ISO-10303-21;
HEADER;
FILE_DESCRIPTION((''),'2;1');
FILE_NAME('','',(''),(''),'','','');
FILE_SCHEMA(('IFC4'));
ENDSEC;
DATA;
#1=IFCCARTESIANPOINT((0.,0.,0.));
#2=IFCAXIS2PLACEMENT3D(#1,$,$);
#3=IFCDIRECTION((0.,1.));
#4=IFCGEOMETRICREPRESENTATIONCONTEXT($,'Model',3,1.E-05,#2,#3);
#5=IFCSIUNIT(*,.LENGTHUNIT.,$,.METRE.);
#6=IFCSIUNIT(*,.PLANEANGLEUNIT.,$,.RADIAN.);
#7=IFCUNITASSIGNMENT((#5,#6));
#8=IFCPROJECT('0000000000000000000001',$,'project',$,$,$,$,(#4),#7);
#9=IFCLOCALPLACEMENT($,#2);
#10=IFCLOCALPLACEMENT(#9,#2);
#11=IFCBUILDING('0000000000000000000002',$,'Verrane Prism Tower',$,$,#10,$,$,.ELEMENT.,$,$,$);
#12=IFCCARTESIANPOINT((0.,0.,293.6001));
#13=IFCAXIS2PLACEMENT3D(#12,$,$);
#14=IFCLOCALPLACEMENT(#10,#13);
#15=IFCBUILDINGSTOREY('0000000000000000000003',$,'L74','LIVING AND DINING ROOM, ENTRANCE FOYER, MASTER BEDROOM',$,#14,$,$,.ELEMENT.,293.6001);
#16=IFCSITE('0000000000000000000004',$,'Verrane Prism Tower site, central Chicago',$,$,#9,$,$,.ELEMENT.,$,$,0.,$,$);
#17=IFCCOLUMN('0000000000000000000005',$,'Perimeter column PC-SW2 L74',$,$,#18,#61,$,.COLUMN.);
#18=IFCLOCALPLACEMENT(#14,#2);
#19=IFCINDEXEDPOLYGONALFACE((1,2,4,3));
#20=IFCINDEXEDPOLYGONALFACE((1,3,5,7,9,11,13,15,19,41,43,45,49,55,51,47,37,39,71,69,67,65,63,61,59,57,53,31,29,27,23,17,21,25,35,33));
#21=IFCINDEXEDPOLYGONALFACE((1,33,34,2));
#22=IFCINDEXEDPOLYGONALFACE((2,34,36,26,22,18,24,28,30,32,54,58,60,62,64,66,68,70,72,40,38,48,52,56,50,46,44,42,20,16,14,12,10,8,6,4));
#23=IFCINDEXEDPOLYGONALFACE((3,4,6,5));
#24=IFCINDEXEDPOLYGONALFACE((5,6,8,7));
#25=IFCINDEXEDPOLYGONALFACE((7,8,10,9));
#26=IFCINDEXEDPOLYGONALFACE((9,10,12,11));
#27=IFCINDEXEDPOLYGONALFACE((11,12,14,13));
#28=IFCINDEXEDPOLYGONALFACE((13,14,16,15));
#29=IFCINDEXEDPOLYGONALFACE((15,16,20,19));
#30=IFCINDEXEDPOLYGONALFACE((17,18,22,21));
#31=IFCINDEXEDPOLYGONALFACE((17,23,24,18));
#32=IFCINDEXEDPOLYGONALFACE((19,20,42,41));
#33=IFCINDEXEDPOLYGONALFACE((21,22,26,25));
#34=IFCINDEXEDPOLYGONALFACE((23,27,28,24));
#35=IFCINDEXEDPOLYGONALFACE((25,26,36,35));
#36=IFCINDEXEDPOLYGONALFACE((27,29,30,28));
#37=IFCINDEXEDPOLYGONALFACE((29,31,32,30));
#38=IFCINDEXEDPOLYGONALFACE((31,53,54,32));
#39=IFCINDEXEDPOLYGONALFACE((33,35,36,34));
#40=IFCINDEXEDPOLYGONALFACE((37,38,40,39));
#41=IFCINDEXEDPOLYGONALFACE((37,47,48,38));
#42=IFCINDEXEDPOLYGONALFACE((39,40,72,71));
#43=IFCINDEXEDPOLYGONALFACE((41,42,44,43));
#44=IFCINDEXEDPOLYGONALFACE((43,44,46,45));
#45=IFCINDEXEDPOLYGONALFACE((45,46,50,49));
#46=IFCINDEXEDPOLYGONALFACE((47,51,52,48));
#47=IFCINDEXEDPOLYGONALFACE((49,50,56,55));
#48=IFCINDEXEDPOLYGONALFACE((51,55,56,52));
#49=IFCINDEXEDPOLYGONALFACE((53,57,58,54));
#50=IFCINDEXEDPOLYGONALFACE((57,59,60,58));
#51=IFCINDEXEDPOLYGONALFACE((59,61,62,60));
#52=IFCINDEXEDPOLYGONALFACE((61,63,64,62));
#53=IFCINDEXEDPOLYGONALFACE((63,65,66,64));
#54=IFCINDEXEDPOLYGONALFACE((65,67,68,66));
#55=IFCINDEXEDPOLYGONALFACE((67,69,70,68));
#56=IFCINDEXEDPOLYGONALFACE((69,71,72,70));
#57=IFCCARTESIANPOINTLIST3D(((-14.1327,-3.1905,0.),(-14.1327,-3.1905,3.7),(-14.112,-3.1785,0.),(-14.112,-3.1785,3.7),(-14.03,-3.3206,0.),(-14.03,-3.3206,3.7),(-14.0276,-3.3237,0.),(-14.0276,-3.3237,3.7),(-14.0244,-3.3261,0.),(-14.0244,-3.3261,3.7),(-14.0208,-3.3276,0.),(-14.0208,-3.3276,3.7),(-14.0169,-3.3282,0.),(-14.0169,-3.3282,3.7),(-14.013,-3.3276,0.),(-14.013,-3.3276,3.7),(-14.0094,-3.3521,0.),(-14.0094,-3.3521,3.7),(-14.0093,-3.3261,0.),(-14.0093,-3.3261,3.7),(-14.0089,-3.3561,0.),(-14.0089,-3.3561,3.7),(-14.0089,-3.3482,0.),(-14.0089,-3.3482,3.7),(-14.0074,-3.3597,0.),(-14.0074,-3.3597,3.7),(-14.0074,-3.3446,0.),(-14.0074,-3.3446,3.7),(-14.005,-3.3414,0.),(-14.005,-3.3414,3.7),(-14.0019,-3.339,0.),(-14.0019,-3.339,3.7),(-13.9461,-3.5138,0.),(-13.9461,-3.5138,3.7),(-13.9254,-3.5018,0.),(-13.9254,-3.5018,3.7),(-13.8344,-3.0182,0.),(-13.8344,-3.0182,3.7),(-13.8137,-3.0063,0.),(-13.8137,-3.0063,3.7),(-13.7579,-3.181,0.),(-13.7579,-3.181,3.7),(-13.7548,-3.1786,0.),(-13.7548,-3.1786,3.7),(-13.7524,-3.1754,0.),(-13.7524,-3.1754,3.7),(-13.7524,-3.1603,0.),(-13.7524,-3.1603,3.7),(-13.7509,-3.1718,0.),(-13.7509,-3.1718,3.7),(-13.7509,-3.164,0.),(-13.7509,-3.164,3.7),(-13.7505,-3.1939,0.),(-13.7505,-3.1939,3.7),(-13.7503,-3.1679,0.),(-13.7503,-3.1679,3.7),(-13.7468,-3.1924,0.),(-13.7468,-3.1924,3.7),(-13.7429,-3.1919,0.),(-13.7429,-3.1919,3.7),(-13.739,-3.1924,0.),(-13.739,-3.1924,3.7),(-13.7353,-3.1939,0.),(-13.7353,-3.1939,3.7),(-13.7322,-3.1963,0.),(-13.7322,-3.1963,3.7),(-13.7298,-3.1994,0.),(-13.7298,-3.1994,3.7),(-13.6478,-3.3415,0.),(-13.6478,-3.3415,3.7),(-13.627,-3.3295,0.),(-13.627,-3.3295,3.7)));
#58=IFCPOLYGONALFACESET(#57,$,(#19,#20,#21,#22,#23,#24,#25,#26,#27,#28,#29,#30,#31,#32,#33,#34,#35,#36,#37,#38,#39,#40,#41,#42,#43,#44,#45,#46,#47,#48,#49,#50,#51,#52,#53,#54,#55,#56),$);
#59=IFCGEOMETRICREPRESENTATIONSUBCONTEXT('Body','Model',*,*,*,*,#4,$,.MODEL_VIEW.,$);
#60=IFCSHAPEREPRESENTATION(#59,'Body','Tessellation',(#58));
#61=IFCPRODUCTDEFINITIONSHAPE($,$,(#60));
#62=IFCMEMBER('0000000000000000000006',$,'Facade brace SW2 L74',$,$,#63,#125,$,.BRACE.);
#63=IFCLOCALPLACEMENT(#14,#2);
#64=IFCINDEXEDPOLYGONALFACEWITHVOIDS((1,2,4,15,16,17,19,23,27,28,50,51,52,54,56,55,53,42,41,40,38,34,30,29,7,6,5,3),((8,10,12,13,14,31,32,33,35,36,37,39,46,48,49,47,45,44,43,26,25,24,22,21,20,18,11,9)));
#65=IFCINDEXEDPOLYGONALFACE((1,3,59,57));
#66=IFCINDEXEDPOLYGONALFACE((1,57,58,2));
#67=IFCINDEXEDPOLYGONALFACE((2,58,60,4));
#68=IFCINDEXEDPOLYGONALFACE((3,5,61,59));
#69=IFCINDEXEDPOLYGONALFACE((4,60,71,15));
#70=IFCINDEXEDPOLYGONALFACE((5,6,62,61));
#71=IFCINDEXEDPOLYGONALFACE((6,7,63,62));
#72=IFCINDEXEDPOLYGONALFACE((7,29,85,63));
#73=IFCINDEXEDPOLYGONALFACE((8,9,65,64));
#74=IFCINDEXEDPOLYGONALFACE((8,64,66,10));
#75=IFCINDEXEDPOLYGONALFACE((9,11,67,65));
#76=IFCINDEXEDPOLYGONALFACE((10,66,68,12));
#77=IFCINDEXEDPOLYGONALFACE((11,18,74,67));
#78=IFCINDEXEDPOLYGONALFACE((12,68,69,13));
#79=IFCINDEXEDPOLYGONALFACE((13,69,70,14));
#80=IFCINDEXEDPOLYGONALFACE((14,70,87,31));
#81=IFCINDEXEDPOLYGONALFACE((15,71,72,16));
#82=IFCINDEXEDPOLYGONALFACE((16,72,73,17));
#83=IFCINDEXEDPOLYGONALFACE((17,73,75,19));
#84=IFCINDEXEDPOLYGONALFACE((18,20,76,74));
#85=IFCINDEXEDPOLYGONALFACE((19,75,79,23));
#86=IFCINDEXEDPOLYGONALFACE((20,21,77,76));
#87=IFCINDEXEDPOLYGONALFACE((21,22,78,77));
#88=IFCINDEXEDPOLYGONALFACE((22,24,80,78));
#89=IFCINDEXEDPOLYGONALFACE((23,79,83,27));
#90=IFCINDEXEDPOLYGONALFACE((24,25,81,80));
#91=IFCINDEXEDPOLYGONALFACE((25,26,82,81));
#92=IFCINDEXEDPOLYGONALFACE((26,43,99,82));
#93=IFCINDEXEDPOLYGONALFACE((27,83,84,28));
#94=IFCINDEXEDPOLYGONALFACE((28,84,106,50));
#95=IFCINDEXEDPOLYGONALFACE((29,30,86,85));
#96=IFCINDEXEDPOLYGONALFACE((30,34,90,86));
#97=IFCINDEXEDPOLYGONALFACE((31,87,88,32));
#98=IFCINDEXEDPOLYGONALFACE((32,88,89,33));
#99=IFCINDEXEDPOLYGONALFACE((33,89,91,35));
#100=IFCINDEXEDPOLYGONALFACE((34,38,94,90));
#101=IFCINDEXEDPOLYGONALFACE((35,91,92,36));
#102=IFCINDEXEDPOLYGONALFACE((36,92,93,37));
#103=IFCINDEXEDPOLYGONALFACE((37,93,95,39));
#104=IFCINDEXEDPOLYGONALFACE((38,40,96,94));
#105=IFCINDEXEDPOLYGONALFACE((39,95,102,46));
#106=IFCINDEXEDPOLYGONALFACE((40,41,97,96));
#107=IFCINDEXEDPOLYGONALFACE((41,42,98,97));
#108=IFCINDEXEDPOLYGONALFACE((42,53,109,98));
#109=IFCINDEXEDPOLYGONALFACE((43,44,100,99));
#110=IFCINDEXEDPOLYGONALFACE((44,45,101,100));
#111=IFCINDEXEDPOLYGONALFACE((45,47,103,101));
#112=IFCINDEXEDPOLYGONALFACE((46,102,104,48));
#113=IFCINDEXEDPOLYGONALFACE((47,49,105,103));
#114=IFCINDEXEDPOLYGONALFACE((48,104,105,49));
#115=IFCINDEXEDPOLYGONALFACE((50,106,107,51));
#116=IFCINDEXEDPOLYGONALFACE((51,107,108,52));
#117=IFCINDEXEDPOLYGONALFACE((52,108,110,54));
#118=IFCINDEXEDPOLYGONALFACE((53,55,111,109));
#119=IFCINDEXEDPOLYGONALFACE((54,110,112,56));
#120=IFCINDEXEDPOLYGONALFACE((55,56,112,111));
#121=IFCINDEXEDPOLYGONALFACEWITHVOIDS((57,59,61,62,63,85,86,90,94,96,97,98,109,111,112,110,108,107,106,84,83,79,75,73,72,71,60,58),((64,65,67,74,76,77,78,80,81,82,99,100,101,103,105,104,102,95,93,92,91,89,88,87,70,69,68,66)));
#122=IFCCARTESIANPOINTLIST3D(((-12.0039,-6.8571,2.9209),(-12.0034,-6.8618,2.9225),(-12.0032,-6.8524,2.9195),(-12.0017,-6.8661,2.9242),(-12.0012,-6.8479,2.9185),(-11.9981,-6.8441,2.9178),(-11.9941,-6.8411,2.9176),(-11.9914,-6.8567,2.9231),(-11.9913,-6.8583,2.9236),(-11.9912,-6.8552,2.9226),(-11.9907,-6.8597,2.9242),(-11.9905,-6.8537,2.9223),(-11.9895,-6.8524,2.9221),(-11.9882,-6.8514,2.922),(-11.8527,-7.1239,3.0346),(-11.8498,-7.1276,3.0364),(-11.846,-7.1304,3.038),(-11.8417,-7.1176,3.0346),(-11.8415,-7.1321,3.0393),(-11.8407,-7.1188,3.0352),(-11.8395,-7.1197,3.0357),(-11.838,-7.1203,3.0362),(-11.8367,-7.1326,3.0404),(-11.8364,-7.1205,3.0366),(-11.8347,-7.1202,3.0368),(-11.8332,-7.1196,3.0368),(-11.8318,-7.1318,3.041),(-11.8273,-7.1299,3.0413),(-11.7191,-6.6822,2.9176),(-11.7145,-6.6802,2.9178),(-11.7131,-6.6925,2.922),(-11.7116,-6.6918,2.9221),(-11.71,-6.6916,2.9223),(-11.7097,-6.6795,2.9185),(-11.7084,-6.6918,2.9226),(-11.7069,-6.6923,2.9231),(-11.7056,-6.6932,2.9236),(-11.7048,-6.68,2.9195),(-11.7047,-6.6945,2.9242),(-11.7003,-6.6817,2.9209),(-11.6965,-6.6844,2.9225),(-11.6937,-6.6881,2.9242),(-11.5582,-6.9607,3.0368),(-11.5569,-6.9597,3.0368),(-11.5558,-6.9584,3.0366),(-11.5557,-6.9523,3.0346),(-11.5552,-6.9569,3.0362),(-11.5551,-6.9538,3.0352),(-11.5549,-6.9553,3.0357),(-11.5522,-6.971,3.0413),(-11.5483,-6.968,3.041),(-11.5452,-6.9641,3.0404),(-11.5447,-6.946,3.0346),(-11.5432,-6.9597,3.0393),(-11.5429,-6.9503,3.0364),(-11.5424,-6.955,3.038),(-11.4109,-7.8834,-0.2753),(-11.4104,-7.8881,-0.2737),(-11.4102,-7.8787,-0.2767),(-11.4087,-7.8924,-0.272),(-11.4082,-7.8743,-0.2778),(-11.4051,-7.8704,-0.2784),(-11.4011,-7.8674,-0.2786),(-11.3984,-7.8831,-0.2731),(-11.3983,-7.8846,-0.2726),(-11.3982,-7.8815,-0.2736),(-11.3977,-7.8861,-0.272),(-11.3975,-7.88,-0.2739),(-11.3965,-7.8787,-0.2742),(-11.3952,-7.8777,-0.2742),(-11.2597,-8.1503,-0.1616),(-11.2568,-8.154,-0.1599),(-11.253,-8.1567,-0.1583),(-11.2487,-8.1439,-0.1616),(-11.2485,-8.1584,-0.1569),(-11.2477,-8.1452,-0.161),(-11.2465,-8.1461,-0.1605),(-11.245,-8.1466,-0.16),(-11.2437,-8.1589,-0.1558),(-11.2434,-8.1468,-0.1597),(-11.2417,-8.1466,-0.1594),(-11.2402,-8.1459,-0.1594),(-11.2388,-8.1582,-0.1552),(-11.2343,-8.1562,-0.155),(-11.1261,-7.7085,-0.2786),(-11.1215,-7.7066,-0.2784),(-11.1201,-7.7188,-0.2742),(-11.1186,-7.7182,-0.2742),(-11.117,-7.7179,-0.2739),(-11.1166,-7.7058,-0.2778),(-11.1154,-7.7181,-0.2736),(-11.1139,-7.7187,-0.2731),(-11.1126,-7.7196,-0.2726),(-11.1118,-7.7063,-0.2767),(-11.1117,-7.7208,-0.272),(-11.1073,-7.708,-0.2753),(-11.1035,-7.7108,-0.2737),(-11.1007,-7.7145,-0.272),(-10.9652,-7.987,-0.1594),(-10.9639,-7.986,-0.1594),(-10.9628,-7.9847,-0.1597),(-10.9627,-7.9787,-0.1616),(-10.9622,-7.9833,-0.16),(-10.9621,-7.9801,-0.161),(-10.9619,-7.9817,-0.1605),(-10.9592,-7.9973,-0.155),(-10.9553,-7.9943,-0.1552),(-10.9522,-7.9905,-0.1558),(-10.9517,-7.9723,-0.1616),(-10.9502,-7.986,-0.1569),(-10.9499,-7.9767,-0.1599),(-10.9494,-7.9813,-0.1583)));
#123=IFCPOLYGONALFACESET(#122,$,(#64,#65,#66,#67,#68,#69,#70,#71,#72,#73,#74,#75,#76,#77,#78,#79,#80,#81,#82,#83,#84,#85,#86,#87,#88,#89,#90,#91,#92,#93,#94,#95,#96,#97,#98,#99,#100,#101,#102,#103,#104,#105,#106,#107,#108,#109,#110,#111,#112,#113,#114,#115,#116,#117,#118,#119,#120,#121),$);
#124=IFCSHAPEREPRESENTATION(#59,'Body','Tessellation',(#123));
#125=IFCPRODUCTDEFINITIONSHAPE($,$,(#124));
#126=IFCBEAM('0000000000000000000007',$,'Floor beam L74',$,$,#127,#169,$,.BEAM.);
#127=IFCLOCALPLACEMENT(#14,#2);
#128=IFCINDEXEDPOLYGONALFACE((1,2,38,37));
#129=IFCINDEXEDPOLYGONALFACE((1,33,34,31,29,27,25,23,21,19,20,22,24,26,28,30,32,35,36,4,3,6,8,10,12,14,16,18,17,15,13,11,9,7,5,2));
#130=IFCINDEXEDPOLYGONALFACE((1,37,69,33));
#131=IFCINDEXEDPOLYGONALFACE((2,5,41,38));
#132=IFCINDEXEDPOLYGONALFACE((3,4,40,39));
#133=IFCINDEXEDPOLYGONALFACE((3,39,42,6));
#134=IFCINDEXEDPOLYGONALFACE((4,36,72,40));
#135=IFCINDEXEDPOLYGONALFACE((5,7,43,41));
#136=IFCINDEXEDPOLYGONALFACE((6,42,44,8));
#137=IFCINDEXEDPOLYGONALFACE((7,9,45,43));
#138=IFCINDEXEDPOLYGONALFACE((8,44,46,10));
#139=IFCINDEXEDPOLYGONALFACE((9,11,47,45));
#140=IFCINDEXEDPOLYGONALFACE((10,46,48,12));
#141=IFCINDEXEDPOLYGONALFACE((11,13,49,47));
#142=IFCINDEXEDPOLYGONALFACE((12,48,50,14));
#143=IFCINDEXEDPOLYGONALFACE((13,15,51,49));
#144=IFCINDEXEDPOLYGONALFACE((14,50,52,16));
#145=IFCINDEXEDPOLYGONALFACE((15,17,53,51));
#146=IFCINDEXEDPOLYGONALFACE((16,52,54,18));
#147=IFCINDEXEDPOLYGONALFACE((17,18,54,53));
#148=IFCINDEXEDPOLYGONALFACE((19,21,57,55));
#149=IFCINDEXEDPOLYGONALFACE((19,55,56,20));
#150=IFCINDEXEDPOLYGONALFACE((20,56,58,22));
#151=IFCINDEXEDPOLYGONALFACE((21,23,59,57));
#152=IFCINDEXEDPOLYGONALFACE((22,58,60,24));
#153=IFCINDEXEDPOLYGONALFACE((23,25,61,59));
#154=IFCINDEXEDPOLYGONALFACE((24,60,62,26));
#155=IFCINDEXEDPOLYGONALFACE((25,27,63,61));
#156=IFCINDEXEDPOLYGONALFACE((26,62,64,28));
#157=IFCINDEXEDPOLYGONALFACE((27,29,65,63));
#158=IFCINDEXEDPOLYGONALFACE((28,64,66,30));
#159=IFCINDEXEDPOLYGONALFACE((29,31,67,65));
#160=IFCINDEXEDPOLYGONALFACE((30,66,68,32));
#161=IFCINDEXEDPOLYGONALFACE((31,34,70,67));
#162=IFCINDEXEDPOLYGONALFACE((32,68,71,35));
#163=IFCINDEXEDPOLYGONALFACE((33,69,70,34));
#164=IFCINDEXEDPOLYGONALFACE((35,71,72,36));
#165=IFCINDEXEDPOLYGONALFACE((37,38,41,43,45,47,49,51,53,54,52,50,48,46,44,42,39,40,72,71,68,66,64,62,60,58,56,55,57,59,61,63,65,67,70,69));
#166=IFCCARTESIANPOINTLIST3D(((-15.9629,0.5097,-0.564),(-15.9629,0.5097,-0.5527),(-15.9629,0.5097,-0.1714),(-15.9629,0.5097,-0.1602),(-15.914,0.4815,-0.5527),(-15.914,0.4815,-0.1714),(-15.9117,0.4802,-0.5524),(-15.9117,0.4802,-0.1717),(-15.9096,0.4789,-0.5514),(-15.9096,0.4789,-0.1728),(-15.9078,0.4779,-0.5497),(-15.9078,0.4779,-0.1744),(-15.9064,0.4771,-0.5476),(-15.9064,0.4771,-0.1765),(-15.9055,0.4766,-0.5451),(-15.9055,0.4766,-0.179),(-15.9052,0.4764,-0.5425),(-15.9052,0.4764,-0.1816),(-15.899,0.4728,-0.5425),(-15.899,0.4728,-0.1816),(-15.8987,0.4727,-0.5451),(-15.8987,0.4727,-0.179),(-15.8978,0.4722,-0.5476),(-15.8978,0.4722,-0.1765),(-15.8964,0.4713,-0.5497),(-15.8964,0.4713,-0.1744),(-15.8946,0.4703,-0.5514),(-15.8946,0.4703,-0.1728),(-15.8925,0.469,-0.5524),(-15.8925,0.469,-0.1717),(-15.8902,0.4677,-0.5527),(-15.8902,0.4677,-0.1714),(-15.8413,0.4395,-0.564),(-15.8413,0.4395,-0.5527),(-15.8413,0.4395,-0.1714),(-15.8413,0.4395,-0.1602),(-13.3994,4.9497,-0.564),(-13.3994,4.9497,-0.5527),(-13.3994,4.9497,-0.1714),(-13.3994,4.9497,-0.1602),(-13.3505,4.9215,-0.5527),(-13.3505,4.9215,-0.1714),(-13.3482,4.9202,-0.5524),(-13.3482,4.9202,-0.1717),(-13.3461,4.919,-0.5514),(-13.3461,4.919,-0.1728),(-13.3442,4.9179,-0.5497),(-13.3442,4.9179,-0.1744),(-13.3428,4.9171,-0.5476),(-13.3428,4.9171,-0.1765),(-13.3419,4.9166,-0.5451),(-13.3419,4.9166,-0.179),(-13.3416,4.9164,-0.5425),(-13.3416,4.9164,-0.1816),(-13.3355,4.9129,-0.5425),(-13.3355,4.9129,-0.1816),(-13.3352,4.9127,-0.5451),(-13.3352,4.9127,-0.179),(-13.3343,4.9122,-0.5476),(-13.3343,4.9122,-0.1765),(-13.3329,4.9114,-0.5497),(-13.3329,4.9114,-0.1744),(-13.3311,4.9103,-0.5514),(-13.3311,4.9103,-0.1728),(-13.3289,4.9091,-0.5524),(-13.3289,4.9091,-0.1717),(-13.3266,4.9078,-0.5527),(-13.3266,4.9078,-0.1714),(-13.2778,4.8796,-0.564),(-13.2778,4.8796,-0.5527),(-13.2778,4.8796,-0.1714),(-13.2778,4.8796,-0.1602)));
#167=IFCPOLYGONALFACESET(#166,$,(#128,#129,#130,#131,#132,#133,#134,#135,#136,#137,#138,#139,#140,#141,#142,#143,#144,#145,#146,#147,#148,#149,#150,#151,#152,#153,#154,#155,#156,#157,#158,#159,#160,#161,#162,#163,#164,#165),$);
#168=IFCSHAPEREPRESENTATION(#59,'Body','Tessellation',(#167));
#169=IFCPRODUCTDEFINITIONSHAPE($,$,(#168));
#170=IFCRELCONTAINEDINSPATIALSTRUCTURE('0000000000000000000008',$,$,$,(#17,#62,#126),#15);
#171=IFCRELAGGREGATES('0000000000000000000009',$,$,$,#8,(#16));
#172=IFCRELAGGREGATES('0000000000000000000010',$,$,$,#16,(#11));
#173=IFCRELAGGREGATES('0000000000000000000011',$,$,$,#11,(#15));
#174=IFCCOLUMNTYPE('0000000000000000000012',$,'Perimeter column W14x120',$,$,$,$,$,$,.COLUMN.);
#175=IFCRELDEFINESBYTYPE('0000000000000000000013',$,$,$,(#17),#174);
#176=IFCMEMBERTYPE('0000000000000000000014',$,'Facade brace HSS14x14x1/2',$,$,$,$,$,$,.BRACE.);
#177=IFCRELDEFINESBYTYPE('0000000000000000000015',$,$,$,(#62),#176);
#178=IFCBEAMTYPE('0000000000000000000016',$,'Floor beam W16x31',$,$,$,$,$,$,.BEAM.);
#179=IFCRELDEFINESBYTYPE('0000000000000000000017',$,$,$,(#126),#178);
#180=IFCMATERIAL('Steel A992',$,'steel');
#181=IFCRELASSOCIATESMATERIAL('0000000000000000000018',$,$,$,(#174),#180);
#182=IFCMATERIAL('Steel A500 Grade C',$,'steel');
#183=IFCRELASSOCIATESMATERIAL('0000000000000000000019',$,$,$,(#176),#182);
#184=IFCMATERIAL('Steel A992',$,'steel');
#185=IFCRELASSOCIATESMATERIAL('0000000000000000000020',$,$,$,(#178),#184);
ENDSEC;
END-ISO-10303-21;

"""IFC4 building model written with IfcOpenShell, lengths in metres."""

from ifc_helpers import new_model, si_unit, direction, frame, origin, origin_2d, place, context, subcontext, project, spatial, hollow_rectangle, i_section, extrude, material, material_profile, profile_set, type_object, element, save


model = new_model("IFC4")

# Units and contexts
model_context = context("Model", 3, precision=1e-05, world=origin(), true_north=direction((0.0, 1.0)))
body_context = subcontext(model_context, "Body", "Model", "MODEL_VIEW")
ifc_project = project(units=[si_unit("LENGTHUNIT", "METRE"), si_unit("PLANEANGLEUNIT", "RADIAN")], contexts=[model_context])

# Site, building, storey
site_placement = place(None, origin())
site = spatial("IfcSite", under=ifc_project, at=site_placement, Name="Verrane Prism Tower site, central Chicago", CompositionType="ELEMENT", RefElevation=0.0)
building_placement = place(site_placement, origin())
building = spatial("IfcBuilding", under=site, at=building_placement, Name="Verrane Prism Tower", CompositionType="ELEMENT")
storey_placement = place(building_placement, frame((0.0, 0.0, 293.6001)))
storey = spatial("IfcBuildingStorey", under=building, at=storey_placement, Name="L74", Description="LIVING AND DINING ROOM, ENTRANCE FOYER, MASTER BEDROOM", CompositionType="ELEMENT", Elevation=293.6001)

# Column
ifc_material_1 = material(Name="Steel A992", Category="steel")
ifc_material_profile_1 = material_profile(ifc_material_1, i_section(OverallWidth=0.3733, OverallDepth=0.3684, WebThickness=0.0149, FlangeThickness=0.0239, FilletRadius=0.0151, at=origin_2d()), Name="W14x120")
ifc_profile_set_1 = profile_set([ifc_material_profile_1], Name="Steel A992")
column_type = type_object("IfcColumnType", Name="Perimeter column W14x120", PredefinedType="COLUMN", material=ifc_profile_set_1)
column_placement = place(storey_placement, frame((-13.8799, -3.26, 0.0), z_axis=(0.0, 0.0, 1.0), x_axis=(-0.5, 0.866025, 0.0)))
element("IfcColumn", 1, at=column_placement, inside=storey, type_object=column_type, Name="Perimeter column PC-SW2 L74", PredefinedType="COLUMN", context=body_context, shape_type="SweptSolid", body=[
    extrude(i_section(OverallWidth=0.3733, OverallDepth=0.3684, WebThickness=0.0149, FlangeThickness=0.0239, FilletRadius=0.0151, at=origin_2d()), origin(), (0.0, 0.0, 1.0), 3.7),
])

# Member
ifc_material_2 = material(Name="Steel A500 Grade C", Category="steel")
ifc_material_profile_2 = material_profile(ifc_material_2, hollow_rectangle(XDim=0.3557, YDim=0.3557, WallThickness=0.0127, InnerFilletRadius=0.0063, OuterFilletRadius=0.019, at=origin_2d()), Name="HSS14x14x1/2")
ifc_profile_set_2 = profile_set([ifc_material_profile_2], Name="Steel A500 Grade C")
member_type_1 = type_object("IfcMemberType", Name="Facade brace HSS14x14x1/2", PredefinedType="BRACE", material=ifc_profile_set_2)
member_1_placement = place(storey_placement, frame((-11.1802, -7.9324, -0.2168), z_axis=(-0.173956, 0.301075, 0.9376), x_axis=(-0.865863, -0.500281, 0.0)))
element("IfcMember", 2, at=member_1_placement, inside=storey, type_object=member_type_1, Name="Facade brace SW2 L74", PredefinedType="BRACE", context=body_context, shape_type="SweptSolid", body=[
    extrude(hollow_rectangle(XDim=0.3557, YDim=0.3557, WallThickness=0.0127, InnerFilletRadius=0.0063, OuterFilletRadius=0.019, at=origin_2d()), origin(), (0.0, 0.0, 1.0), 3.4089),
])

# Beam
ifc_material_3 = material(Name="Steel A992", Category="steel")
ifc_material_profile_3 = material_profile(ifc_material_3, i_section(OverallWidth=0.1404, OverallDepth=0.4038, WebThickness=0.0071, FlangeThickness=0.0112, FilletRadius=0.0103, at=origin_2d()), Name="W16x31")
ifc_profile_set_3 = profile_set([ifc_material_profile_3], Name="Steel A992")
beam_type_1 = type_object("IfcBeamType", Name="Floor beam W16x31", PredefinedType="BEAM", material=ifc_profile_set_3)
beam_1_placement = place(storey_placement, frame((-15.9021, 0.4746, -0.3621), z_axis=(0.500011, 0.866019, 0.0), x_axis=(-0.866019, 0.500011, 0.0)))
element("IfcBeam", 3, at=beam_1_placement, inside=storey, type_object=beam_type_1, Name="Floor beam L74", PredefinedType="BEAM", context=body_context, shape_type="SweptSolid", body=[
    extrude(i_section(OverallWidth=0.1404, OverallDepth=0.4038, WebThickness=0.0071, FlangeThickness=0.0112, FilletRadius=0.0103, at=origin_2d()), origin(), (0.0, 0.0, 1.0), 5.127),
])

save(model, "model.ifc")
